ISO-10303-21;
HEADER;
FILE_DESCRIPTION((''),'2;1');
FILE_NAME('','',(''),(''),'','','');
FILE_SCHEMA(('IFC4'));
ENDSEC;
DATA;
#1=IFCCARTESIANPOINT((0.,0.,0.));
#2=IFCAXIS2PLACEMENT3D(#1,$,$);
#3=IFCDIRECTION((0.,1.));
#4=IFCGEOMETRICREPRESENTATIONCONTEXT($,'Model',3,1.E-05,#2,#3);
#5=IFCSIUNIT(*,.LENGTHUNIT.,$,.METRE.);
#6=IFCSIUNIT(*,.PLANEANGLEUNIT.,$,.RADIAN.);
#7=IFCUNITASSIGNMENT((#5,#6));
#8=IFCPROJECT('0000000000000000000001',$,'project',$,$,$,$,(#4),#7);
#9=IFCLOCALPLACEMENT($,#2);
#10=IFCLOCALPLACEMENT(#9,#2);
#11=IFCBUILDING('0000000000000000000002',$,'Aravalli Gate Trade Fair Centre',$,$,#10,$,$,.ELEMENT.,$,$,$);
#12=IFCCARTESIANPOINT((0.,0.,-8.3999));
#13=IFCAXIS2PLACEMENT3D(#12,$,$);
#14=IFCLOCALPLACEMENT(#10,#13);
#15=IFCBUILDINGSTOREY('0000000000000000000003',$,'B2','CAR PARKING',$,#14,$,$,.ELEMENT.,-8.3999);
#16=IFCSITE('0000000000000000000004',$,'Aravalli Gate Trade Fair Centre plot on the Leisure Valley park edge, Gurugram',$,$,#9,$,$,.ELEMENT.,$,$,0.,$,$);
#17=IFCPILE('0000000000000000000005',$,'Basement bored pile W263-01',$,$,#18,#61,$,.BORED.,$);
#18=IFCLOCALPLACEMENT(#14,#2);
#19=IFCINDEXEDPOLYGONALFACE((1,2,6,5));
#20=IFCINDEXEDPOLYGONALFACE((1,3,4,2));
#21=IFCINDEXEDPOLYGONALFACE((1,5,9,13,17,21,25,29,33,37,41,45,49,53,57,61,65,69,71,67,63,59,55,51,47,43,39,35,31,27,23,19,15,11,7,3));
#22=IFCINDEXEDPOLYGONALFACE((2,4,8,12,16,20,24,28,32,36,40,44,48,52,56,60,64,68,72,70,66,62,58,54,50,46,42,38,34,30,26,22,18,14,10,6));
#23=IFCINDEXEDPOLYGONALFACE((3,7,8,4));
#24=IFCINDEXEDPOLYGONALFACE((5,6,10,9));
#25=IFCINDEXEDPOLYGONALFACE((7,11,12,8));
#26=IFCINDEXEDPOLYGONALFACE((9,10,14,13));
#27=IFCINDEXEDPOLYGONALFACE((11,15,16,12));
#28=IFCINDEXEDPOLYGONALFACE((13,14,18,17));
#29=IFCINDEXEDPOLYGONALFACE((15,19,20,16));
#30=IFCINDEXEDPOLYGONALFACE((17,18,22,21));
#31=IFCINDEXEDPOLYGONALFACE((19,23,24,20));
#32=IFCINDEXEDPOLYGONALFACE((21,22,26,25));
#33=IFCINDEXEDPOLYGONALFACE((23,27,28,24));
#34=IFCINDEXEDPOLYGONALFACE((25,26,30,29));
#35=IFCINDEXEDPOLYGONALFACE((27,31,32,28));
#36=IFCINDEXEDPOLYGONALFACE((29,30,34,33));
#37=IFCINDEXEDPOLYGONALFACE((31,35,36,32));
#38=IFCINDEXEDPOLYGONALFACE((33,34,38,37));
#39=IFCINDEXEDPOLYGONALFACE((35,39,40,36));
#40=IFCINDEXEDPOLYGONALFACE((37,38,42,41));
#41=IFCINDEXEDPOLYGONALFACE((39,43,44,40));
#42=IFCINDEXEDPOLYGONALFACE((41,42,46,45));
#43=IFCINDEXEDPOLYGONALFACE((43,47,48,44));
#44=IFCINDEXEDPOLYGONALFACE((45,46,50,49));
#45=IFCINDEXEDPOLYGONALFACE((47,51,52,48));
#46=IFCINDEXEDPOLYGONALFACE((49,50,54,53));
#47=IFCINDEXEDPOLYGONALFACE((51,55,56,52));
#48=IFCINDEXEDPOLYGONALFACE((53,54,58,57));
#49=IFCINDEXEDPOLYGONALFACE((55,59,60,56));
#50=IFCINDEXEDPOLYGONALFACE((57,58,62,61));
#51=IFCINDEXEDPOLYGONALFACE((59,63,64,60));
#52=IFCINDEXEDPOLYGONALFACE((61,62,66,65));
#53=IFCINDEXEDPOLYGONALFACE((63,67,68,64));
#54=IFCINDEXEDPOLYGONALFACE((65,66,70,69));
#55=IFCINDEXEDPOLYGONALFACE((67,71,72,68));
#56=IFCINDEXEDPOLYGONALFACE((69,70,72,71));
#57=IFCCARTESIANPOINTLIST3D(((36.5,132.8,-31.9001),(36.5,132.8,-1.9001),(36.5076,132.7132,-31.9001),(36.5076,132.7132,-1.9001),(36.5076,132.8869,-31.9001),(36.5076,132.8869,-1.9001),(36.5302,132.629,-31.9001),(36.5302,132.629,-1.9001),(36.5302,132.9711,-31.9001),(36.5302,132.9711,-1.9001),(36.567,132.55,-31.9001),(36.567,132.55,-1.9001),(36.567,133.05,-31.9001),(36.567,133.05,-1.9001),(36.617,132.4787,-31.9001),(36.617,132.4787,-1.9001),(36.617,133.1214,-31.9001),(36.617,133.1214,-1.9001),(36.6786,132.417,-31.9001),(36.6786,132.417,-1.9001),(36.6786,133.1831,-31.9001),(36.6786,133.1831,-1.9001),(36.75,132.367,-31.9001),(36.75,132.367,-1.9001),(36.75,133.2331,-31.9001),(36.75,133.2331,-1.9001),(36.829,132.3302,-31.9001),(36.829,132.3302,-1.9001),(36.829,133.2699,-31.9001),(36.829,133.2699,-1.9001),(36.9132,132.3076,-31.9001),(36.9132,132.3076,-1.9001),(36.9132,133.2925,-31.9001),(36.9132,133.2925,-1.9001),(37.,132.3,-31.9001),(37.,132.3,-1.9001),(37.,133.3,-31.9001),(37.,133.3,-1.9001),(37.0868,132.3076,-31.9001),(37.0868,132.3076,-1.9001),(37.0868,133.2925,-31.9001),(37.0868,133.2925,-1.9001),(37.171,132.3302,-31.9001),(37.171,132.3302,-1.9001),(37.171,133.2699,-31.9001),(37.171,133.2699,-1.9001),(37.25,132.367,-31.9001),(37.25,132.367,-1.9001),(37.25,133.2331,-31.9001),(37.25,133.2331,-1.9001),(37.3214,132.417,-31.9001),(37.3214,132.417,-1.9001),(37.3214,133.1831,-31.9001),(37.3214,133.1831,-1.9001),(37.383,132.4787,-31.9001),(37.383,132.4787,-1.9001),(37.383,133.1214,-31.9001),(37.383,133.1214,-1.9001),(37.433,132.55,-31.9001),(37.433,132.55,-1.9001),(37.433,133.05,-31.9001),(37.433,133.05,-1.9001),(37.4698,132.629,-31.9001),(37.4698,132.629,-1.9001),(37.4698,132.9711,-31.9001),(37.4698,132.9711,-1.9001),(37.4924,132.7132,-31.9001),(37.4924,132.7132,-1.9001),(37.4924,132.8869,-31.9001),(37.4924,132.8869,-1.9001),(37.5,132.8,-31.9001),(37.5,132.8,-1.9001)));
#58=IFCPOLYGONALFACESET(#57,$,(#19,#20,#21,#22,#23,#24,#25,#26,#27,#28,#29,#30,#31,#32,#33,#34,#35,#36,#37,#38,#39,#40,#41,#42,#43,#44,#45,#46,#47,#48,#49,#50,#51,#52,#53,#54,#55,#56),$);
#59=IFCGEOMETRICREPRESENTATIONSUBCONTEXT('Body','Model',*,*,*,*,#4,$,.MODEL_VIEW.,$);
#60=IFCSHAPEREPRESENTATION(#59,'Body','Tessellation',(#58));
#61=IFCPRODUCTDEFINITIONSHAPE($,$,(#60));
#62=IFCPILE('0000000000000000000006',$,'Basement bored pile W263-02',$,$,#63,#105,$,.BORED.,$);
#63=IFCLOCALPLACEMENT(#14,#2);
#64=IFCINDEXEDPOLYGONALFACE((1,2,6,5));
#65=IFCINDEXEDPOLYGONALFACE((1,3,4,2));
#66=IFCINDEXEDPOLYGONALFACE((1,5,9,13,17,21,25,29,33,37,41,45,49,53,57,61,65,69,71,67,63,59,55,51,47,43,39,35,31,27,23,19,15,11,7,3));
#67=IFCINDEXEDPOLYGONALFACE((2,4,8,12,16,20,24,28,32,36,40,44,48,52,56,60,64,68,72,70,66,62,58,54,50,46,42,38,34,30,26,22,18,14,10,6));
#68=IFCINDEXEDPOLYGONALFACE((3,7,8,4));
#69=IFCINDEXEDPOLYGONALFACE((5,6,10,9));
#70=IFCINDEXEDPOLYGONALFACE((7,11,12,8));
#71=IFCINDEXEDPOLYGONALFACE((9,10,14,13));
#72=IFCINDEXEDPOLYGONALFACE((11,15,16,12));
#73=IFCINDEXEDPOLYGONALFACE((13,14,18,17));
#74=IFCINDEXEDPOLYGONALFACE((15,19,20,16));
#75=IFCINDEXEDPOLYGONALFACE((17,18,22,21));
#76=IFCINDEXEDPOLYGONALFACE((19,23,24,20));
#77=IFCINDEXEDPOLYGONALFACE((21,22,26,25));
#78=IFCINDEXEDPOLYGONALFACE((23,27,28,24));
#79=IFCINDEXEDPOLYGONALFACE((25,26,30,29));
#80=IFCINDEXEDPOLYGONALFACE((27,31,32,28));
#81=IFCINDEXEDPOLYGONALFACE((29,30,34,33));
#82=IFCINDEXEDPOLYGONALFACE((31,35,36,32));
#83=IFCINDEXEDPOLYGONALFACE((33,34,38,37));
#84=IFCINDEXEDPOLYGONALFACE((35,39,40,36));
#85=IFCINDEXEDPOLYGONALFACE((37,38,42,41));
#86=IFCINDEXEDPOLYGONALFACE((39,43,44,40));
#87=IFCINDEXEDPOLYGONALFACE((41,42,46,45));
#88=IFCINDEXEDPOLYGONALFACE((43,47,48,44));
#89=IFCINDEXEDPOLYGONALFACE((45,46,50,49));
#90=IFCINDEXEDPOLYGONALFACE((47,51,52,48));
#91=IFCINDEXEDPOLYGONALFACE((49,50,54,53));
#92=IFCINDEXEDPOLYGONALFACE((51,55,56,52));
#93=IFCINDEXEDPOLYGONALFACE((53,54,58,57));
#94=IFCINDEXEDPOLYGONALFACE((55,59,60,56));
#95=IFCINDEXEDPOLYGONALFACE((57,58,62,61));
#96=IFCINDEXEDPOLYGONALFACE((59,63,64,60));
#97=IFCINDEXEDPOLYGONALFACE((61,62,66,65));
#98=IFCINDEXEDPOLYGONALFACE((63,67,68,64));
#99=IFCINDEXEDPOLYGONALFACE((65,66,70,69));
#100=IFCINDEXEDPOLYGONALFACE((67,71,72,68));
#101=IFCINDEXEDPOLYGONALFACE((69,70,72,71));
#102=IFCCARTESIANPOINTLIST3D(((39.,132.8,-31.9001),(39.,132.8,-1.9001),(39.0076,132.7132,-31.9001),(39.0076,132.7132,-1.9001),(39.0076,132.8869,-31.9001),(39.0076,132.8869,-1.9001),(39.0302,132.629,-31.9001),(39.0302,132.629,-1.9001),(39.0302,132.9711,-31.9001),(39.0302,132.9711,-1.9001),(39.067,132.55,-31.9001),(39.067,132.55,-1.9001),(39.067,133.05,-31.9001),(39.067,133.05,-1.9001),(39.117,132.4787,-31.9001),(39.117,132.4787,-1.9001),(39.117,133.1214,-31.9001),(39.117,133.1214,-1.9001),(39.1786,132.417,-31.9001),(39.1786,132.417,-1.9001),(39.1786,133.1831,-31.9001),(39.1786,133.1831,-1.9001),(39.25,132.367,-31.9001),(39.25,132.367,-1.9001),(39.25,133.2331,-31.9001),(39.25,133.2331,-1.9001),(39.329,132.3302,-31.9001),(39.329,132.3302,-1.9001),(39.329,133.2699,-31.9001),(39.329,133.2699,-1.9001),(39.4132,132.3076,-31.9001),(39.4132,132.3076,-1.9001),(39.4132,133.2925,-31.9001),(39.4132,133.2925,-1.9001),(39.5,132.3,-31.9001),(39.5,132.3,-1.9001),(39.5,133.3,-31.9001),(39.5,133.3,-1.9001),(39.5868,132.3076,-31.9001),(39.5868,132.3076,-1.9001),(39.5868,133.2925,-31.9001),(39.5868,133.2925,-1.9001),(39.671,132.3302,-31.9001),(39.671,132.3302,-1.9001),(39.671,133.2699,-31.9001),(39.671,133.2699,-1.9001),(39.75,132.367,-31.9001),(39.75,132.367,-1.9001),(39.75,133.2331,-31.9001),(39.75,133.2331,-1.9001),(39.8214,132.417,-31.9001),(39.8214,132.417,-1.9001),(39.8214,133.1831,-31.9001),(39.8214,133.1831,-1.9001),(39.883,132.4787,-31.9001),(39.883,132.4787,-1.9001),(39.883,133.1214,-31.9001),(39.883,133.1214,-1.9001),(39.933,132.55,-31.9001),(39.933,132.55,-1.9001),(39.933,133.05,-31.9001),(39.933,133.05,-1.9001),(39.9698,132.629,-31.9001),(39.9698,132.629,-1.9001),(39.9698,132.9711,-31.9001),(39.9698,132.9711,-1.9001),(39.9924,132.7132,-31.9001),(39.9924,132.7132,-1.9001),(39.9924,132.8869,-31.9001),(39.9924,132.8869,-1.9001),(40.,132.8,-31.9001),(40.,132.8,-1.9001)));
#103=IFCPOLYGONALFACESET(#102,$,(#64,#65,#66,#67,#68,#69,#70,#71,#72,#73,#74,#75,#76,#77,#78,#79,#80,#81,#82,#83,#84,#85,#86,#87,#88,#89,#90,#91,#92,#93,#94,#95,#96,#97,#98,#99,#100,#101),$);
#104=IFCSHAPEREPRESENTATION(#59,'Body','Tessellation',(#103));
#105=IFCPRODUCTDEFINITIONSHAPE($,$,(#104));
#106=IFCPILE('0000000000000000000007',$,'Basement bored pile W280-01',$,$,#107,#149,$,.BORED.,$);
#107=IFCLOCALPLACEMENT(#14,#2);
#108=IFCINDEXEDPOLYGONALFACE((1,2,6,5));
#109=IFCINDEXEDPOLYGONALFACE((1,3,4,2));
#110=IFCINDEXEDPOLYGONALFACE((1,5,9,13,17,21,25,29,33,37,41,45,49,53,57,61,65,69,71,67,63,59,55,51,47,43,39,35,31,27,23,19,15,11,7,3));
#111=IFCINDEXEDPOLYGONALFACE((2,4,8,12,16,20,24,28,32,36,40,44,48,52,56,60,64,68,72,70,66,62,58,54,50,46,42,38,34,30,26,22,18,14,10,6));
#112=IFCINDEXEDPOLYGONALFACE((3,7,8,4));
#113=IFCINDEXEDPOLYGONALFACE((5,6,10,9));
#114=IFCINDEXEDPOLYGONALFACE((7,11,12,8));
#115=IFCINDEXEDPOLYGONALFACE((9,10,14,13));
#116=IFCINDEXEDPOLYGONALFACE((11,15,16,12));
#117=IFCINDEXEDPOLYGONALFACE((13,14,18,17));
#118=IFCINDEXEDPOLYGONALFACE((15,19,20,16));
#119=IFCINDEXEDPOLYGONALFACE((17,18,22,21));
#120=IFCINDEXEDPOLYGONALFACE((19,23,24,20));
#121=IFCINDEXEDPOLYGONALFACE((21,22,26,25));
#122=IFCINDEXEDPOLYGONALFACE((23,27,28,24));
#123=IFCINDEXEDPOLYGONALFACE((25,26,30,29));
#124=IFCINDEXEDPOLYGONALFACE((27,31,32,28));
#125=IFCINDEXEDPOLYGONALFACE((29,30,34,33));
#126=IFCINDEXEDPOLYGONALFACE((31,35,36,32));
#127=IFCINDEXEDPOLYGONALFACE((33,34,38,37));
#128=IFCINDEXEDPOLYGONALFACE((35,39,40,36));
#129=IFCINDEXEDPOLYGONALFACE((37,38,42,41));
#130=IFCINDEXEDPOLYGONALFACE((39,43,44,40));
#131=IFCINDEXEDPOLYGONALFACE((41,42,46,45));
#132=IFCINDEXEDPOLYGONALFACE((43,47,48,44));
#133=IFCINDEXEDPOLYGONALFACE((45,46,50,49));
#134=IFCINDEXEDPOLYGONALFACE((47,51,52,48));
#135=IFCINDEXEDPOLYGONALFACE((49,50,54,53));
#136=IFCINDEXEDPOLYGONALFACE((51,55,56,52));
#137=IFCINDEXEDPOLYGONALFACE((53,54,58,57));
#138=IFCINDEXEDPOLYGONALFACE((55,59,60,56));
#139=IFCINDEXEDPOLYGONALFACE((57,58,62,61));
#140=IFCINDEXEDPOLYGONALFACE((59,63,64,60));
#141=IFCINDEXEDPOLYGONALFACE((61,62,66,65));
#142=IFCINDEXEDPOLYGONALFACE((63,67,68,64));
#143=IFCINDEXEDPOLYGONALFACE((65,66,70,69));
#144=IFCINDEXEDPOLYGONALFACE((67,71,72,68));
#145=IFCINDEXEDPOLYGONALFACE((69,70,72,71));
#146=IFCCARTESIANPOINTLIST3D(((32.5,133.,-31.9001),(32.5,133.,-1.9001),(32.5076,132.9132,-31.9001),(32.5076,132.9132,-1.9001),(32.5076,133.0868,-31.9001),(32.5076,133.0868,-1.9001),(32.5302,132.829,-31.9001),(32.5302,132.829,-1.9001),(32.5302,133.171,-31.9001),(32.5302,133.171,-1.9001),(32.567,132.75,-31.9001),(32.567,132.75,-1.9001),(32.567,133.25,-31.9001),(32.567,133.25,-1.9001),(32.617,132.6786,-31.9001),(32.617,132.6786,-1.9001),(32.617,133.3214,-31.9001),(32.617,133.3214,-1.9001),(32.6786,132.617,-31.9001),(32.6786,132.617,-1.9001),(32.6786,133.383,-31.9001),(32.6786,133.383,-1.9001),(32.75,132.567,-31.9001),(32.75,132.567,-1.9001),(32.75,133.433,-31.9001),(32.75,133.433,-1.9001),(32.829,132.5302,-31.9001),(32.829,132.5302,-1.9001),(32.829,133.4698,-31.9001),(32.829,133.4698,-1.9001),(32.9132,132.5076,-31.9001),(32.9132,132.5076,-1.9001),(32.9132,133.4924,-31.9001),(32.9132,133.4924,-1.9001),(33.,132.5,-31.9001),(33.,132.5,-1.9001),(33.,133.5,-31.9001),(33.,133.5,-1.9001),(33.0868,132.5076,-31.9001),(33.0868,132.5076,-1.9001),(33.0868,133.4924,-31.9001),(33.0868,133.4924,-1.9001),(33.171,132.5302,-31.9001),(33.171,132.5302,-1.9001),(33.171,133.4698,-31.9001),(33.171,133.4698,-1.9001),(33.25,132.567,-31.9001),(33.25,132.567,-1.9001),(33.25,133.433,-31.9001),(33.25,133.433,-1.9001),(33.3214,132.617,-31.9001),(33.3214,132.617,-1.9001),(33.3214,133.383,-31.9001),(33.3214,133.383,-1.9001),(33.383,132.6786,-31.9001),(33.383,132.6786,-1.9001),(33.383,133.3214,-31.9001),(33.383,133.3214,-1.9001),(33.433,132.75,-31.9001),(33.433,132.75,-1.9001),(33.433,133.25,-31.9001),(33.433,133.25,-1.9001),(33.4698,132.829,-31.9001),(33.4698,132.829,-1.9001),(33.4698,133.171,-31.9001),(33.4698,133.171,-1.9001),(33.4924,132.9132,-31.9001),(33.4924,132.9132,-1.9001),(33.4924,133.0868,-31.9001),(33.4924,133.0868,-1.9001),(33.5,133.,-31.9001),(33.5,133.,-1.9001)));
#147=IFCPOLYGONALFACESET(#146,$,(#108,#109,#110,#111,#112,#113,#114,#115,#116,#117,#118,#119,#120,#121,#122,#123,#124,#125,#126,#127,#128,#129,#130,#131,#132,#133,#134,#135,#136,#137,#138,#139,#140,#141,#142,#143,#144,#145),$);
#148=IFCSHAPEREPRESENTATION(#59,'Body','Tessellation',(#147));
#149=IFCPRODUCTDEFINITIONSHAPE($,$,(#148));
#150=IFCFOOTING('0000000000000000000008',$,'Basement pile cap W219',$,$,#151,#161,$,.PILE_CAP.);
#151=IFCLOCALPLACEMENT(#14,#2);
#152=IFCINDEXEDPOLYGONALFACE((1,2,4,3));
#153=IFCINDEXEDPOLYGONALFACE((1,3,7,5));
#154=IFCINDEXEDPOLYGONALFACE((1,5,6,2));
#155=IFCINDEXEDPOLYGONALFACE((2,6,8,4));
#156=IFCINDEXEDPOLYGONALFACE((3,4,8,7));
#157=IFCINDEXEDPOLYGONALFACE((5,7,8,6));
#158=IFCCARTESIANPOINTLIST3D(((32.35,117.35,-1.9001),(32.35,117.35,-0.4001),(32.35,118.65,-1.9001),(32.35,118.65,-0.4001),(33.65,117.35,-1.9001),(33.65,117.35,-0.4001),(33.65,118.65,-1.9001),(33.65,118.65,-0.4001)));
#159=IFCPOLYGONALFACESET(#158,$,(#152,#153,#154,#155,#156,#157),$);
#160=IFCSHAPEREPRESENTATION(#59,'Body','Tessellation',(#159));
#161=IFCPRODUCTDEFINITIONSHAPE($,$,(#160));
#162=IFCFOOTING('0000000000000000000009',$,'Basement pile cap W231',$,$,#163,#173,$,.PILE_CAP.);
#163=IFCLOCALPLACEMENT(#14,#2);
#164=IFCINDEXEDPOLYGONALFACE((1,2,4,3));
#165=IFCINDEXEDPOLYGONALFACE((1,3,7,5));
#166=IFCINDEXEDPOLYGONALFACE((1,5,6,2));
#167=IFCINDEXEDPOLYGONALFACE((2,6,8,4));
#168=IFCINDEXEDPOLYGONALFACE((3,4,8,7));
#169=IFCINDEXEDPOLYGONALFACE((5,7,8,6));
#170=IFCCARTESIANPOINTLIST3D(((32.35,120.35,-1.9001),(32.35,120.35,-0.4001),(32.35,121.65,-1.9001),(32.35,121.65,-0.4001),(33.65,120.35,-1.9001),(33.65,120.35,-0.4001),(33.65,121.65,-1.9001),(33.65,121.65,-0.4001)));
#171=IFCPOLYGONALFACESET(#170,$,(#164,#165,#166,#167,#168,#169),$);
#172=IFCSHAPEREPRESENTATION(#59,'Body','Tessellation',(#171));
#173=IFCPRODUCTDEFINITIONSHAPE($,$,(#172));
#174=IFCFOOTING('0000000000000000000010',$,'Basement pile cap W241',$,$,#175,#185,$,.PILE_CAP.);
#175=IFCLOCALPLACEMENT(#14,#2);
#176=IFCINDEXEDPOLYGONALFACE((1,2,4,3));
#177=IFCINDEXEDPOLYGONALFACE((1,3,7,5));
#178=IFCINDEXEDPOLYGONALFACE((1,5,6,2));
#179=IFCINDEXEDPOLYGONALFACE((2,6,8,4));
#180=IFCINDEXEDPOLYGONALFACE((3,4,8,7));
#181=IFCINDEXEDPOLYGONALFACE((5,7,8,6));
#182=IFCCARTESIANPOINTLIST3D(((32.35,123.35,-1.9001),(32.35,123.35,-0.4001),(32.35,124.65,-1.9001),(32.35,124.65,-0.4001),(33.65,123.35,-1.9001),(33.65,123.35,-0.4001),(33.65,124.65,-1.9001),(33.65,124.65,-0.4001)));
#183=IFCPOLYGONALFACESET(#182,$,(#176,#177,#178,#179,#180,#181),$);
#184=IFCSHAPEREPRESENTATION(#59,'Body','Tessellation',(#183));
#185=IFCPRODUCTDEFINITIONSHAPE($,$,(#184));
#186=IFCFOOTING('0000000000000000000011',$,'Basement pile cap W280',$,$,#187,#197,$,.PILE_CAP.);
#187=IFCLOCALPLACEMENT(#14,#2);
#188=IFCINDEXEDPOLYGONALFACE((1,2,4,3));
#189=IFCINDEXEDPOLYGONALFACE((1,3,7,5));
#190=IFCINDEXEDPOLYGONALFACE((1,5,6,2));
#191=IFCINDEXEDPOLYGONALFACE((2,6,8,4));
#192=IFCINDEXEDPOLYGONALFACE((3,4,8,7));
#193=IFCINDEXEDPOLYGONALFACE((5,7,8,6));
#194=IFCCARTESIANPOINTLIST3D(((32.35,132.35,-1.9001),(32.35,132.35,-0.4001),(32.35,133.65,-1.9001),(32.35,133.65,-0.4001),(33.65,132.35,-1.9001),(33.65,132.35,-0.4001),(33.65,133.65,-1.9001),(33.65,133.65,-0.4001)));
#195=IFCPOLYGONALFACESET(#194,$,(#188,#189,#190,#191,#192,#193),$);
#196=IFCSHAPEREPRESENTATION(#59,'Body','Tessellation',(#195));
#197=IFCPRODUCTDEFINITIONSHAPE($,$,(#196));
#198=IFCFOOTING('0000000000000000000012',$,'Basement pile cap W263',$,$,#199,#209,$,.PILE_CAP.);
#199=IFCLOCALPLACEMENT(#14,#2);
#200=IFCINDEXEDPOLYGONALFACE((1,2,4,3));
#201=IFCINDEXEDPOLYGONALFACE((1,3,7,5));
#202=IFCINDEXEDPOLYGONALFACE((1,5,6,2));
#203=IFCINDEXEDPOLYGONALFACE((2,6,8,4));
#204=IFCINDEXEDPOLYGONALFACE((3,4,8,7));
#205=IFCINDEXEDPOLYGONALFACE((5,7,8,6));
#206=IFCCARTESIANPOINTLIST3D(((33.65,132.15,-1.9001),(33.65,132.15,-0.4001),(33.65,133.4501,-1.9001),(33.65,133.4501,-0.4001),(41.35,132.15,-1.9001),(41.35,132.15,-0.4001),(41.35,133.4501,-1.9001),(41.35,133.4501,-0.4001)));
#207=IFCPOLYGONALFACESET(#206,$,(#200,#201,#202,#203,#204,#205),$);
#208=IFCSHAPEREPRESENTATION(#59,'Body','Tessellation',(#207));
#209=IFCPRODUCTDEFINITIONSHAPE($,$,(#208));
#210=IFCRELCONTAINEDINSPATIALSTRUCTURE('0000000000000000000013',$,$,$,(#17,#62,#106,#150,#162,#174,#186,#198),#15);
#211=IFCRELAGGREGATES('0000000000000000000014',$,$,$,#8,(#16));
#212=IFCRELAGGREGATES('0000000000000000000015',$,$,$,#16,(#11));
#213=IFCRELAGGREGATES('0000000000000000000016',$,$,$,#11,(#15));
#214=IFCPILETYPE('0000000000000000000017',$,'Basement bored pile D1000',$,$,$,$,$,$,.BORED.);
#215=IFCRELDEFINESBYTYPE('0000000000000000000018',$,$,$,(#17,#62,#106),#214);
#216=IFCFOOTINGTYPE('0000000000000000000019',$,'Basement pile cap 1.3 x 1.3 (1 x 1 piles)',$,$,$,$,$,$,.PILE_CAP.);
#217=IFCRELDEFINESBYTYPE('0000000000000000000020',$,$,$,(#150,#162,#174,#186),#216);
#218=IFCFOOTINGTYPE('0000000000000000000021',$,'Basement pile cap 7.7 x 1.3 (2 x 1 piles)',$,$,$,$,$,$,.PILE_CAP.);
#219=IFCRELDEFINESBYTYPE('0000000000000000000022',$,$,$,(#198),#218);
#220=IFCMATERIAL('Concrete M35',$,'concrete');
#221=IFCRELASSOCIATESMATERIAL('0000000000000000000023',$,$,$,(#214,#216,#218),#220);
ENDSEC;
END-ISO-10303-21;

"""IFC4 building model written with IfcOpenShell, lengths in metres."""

from ifc_helpers import new_model, si_unit, direction, frame, origin, origin_2d, place, context, subcontext, project, spatial, rectangle, circle, extrude, material, material_profile, profile_set, type_object, element, save


model = new_model("IFC4")

# Units and contexts
model_context = context("Model", 3, precision=1e-05, world=origin(), true_north=direction((0.0, 1.0)))
body_context = subcontext(model_context, "Body", "Model", "MODEL_VIEW")
ifc_project = project(units=[si_unit("LENGTHUNIT", "METRE"), si_unit("PLANEANGLEUNIT", "RADIAN")], contexts=[model_context])

# Site, building, storey
site_placement = place(None, origin())
site = spatial("IfcSite", under=ifc_project, at=site_placement, Name="Aravalli Gate Trade Fair Centre plot on the Leisure Valley park edge, Gurugram", CompositionType="ELEMENT", RefElevation=0.0)
building_placement = place(site_placement, origin())
building = spatial("IfcBuilding", under=site, at=building_placement, Name="Aravalli Gate Trade Fair Centre", CompositionType="ELEMENT")
storey_placement = place(building_placement, frame((0.0, 0.0, -8.3999)))
storey = spatial("IfcBuildingStorey", under=building, at=storey_placement, Name="B2", Description="CAR PARKING", CompositionType="ELEMENT", Elevation=-8.3999)

# Piles
ifc_material_1 = material(Name="Concrete M35", Category="concrete")
ifc_material_profile_1 = material_profile(ifc_material_1, circle(Radius=0.5, at=origin_2d()), Name="D1000")
ifc_profile_set_1 = profile_set([ifc_material_profile_1], Name="Concrete M35")
pile_type = type_object("IfcPileType", Name="Basement bored pile D1000", PredefinedType="BORED", material=ifc_profile_set_1)
for number, where, z_axis, x_axis, name in (
    (1, (37.0, 132.8, -1.9001), (0.0, 0.0, -1.0), (1.0, 0.0, 0.0), "Basement bored pile W263-01"),
    (2, (39.5, 132.8, -1.9001), (0.0, 0.0, -1.0), (1.0, 0.0, 0.0), "Basement bored pile W263-02"),
    (3, (33.0, 133.0, -1.9001), (0.0, 0.0, -1.0), (1.0, 0.0, 0.0), "Basement bored pile W280-01"),
):
    element("IfcPile", number, at=place(storey_placement, frame(where, z_axis=z_axis, x_axis=x_axis)), inside=storey, type_object=pile_type, Name=name, PredefinedType="BORED", context=body_context, shape_type="SweptSolid", body=[
        extrude(circle(Radius=0.5, at=origin_2d()), origin(), (0.0, 0.0, 1.0), 30.0),
    ])

# Footings
footing_type_1 = type_object("IfcFootingType", Name="Basement pile cap 1.3 x 1.3 (1 x 1 piles)", PredefinedType="PILE_CAP", material=ifc_material_1)
for number, where, z_axis, x_axis, name in (
    (4, (33.0, 118.0, -1.9001), (0.0, 0.0, 1.0), (1.0, 0.0, 0.0), "Basement pile cap W219"),
    (5, (33.0, 121.0, -1.9001), (0.0, 0.0, 1.0), (1.0, 0.0, 0.0), "Basement pile cap W231"),
    (6, (33.0, 124.0, -1.9001), (0.0, 0.0, 1.0), (1.0, 0.0, 0.0), "Basement pile cap W241"),
    (7, (33.0, 133.0, -1.9001), (0.0, 0.0, 1.0), (1.0, 0.0, 0.0), "Basement pile cap W280"),
):
    element("IfcFooting", number, at=place(storey_placement, frame(where, z_axis=z_axis, x_axis=x_axis)), inside=storey, type_object=footing_type_1, Name=name, PredefinedType="PILE_CAP", context=body_context, shape_type="SweptSolid", body=[
        extrude(rectangle(XDim=1.3, YDim=1.3, at=origin_2d()), origin(), (0.0, 0.0, 1.0), 1.5),
    ])
footing_type_2 = type_object("IfcFootingType", Name="Basement pile cap 7.7 x 1.3 (2 x 1 piles)", PredefinedType="PILE_CAP", material=ifc_material_1)
footing_placement = place(storey_placement, frame((37.5, 132.8, -1.9001), z_axis=(0.0, 0.0, 1.0), x_axis=(1.0, 0.0, 0.0)))
element("IfcFooting", 8, at=footing_placement, inside=storey, type_object=footing_type_2, Name="Basement pile cap W263", PredefinedType="PILE_CAP", context=body_context, shape_type="SweptSolid", body=[
    extrude(rectangle(XDim=7.7, YDim=1.3, at=origin_2d()), origin(), (0.0, 0.0, 1.0), 1.5),
])

save(model, "model.ifc")
